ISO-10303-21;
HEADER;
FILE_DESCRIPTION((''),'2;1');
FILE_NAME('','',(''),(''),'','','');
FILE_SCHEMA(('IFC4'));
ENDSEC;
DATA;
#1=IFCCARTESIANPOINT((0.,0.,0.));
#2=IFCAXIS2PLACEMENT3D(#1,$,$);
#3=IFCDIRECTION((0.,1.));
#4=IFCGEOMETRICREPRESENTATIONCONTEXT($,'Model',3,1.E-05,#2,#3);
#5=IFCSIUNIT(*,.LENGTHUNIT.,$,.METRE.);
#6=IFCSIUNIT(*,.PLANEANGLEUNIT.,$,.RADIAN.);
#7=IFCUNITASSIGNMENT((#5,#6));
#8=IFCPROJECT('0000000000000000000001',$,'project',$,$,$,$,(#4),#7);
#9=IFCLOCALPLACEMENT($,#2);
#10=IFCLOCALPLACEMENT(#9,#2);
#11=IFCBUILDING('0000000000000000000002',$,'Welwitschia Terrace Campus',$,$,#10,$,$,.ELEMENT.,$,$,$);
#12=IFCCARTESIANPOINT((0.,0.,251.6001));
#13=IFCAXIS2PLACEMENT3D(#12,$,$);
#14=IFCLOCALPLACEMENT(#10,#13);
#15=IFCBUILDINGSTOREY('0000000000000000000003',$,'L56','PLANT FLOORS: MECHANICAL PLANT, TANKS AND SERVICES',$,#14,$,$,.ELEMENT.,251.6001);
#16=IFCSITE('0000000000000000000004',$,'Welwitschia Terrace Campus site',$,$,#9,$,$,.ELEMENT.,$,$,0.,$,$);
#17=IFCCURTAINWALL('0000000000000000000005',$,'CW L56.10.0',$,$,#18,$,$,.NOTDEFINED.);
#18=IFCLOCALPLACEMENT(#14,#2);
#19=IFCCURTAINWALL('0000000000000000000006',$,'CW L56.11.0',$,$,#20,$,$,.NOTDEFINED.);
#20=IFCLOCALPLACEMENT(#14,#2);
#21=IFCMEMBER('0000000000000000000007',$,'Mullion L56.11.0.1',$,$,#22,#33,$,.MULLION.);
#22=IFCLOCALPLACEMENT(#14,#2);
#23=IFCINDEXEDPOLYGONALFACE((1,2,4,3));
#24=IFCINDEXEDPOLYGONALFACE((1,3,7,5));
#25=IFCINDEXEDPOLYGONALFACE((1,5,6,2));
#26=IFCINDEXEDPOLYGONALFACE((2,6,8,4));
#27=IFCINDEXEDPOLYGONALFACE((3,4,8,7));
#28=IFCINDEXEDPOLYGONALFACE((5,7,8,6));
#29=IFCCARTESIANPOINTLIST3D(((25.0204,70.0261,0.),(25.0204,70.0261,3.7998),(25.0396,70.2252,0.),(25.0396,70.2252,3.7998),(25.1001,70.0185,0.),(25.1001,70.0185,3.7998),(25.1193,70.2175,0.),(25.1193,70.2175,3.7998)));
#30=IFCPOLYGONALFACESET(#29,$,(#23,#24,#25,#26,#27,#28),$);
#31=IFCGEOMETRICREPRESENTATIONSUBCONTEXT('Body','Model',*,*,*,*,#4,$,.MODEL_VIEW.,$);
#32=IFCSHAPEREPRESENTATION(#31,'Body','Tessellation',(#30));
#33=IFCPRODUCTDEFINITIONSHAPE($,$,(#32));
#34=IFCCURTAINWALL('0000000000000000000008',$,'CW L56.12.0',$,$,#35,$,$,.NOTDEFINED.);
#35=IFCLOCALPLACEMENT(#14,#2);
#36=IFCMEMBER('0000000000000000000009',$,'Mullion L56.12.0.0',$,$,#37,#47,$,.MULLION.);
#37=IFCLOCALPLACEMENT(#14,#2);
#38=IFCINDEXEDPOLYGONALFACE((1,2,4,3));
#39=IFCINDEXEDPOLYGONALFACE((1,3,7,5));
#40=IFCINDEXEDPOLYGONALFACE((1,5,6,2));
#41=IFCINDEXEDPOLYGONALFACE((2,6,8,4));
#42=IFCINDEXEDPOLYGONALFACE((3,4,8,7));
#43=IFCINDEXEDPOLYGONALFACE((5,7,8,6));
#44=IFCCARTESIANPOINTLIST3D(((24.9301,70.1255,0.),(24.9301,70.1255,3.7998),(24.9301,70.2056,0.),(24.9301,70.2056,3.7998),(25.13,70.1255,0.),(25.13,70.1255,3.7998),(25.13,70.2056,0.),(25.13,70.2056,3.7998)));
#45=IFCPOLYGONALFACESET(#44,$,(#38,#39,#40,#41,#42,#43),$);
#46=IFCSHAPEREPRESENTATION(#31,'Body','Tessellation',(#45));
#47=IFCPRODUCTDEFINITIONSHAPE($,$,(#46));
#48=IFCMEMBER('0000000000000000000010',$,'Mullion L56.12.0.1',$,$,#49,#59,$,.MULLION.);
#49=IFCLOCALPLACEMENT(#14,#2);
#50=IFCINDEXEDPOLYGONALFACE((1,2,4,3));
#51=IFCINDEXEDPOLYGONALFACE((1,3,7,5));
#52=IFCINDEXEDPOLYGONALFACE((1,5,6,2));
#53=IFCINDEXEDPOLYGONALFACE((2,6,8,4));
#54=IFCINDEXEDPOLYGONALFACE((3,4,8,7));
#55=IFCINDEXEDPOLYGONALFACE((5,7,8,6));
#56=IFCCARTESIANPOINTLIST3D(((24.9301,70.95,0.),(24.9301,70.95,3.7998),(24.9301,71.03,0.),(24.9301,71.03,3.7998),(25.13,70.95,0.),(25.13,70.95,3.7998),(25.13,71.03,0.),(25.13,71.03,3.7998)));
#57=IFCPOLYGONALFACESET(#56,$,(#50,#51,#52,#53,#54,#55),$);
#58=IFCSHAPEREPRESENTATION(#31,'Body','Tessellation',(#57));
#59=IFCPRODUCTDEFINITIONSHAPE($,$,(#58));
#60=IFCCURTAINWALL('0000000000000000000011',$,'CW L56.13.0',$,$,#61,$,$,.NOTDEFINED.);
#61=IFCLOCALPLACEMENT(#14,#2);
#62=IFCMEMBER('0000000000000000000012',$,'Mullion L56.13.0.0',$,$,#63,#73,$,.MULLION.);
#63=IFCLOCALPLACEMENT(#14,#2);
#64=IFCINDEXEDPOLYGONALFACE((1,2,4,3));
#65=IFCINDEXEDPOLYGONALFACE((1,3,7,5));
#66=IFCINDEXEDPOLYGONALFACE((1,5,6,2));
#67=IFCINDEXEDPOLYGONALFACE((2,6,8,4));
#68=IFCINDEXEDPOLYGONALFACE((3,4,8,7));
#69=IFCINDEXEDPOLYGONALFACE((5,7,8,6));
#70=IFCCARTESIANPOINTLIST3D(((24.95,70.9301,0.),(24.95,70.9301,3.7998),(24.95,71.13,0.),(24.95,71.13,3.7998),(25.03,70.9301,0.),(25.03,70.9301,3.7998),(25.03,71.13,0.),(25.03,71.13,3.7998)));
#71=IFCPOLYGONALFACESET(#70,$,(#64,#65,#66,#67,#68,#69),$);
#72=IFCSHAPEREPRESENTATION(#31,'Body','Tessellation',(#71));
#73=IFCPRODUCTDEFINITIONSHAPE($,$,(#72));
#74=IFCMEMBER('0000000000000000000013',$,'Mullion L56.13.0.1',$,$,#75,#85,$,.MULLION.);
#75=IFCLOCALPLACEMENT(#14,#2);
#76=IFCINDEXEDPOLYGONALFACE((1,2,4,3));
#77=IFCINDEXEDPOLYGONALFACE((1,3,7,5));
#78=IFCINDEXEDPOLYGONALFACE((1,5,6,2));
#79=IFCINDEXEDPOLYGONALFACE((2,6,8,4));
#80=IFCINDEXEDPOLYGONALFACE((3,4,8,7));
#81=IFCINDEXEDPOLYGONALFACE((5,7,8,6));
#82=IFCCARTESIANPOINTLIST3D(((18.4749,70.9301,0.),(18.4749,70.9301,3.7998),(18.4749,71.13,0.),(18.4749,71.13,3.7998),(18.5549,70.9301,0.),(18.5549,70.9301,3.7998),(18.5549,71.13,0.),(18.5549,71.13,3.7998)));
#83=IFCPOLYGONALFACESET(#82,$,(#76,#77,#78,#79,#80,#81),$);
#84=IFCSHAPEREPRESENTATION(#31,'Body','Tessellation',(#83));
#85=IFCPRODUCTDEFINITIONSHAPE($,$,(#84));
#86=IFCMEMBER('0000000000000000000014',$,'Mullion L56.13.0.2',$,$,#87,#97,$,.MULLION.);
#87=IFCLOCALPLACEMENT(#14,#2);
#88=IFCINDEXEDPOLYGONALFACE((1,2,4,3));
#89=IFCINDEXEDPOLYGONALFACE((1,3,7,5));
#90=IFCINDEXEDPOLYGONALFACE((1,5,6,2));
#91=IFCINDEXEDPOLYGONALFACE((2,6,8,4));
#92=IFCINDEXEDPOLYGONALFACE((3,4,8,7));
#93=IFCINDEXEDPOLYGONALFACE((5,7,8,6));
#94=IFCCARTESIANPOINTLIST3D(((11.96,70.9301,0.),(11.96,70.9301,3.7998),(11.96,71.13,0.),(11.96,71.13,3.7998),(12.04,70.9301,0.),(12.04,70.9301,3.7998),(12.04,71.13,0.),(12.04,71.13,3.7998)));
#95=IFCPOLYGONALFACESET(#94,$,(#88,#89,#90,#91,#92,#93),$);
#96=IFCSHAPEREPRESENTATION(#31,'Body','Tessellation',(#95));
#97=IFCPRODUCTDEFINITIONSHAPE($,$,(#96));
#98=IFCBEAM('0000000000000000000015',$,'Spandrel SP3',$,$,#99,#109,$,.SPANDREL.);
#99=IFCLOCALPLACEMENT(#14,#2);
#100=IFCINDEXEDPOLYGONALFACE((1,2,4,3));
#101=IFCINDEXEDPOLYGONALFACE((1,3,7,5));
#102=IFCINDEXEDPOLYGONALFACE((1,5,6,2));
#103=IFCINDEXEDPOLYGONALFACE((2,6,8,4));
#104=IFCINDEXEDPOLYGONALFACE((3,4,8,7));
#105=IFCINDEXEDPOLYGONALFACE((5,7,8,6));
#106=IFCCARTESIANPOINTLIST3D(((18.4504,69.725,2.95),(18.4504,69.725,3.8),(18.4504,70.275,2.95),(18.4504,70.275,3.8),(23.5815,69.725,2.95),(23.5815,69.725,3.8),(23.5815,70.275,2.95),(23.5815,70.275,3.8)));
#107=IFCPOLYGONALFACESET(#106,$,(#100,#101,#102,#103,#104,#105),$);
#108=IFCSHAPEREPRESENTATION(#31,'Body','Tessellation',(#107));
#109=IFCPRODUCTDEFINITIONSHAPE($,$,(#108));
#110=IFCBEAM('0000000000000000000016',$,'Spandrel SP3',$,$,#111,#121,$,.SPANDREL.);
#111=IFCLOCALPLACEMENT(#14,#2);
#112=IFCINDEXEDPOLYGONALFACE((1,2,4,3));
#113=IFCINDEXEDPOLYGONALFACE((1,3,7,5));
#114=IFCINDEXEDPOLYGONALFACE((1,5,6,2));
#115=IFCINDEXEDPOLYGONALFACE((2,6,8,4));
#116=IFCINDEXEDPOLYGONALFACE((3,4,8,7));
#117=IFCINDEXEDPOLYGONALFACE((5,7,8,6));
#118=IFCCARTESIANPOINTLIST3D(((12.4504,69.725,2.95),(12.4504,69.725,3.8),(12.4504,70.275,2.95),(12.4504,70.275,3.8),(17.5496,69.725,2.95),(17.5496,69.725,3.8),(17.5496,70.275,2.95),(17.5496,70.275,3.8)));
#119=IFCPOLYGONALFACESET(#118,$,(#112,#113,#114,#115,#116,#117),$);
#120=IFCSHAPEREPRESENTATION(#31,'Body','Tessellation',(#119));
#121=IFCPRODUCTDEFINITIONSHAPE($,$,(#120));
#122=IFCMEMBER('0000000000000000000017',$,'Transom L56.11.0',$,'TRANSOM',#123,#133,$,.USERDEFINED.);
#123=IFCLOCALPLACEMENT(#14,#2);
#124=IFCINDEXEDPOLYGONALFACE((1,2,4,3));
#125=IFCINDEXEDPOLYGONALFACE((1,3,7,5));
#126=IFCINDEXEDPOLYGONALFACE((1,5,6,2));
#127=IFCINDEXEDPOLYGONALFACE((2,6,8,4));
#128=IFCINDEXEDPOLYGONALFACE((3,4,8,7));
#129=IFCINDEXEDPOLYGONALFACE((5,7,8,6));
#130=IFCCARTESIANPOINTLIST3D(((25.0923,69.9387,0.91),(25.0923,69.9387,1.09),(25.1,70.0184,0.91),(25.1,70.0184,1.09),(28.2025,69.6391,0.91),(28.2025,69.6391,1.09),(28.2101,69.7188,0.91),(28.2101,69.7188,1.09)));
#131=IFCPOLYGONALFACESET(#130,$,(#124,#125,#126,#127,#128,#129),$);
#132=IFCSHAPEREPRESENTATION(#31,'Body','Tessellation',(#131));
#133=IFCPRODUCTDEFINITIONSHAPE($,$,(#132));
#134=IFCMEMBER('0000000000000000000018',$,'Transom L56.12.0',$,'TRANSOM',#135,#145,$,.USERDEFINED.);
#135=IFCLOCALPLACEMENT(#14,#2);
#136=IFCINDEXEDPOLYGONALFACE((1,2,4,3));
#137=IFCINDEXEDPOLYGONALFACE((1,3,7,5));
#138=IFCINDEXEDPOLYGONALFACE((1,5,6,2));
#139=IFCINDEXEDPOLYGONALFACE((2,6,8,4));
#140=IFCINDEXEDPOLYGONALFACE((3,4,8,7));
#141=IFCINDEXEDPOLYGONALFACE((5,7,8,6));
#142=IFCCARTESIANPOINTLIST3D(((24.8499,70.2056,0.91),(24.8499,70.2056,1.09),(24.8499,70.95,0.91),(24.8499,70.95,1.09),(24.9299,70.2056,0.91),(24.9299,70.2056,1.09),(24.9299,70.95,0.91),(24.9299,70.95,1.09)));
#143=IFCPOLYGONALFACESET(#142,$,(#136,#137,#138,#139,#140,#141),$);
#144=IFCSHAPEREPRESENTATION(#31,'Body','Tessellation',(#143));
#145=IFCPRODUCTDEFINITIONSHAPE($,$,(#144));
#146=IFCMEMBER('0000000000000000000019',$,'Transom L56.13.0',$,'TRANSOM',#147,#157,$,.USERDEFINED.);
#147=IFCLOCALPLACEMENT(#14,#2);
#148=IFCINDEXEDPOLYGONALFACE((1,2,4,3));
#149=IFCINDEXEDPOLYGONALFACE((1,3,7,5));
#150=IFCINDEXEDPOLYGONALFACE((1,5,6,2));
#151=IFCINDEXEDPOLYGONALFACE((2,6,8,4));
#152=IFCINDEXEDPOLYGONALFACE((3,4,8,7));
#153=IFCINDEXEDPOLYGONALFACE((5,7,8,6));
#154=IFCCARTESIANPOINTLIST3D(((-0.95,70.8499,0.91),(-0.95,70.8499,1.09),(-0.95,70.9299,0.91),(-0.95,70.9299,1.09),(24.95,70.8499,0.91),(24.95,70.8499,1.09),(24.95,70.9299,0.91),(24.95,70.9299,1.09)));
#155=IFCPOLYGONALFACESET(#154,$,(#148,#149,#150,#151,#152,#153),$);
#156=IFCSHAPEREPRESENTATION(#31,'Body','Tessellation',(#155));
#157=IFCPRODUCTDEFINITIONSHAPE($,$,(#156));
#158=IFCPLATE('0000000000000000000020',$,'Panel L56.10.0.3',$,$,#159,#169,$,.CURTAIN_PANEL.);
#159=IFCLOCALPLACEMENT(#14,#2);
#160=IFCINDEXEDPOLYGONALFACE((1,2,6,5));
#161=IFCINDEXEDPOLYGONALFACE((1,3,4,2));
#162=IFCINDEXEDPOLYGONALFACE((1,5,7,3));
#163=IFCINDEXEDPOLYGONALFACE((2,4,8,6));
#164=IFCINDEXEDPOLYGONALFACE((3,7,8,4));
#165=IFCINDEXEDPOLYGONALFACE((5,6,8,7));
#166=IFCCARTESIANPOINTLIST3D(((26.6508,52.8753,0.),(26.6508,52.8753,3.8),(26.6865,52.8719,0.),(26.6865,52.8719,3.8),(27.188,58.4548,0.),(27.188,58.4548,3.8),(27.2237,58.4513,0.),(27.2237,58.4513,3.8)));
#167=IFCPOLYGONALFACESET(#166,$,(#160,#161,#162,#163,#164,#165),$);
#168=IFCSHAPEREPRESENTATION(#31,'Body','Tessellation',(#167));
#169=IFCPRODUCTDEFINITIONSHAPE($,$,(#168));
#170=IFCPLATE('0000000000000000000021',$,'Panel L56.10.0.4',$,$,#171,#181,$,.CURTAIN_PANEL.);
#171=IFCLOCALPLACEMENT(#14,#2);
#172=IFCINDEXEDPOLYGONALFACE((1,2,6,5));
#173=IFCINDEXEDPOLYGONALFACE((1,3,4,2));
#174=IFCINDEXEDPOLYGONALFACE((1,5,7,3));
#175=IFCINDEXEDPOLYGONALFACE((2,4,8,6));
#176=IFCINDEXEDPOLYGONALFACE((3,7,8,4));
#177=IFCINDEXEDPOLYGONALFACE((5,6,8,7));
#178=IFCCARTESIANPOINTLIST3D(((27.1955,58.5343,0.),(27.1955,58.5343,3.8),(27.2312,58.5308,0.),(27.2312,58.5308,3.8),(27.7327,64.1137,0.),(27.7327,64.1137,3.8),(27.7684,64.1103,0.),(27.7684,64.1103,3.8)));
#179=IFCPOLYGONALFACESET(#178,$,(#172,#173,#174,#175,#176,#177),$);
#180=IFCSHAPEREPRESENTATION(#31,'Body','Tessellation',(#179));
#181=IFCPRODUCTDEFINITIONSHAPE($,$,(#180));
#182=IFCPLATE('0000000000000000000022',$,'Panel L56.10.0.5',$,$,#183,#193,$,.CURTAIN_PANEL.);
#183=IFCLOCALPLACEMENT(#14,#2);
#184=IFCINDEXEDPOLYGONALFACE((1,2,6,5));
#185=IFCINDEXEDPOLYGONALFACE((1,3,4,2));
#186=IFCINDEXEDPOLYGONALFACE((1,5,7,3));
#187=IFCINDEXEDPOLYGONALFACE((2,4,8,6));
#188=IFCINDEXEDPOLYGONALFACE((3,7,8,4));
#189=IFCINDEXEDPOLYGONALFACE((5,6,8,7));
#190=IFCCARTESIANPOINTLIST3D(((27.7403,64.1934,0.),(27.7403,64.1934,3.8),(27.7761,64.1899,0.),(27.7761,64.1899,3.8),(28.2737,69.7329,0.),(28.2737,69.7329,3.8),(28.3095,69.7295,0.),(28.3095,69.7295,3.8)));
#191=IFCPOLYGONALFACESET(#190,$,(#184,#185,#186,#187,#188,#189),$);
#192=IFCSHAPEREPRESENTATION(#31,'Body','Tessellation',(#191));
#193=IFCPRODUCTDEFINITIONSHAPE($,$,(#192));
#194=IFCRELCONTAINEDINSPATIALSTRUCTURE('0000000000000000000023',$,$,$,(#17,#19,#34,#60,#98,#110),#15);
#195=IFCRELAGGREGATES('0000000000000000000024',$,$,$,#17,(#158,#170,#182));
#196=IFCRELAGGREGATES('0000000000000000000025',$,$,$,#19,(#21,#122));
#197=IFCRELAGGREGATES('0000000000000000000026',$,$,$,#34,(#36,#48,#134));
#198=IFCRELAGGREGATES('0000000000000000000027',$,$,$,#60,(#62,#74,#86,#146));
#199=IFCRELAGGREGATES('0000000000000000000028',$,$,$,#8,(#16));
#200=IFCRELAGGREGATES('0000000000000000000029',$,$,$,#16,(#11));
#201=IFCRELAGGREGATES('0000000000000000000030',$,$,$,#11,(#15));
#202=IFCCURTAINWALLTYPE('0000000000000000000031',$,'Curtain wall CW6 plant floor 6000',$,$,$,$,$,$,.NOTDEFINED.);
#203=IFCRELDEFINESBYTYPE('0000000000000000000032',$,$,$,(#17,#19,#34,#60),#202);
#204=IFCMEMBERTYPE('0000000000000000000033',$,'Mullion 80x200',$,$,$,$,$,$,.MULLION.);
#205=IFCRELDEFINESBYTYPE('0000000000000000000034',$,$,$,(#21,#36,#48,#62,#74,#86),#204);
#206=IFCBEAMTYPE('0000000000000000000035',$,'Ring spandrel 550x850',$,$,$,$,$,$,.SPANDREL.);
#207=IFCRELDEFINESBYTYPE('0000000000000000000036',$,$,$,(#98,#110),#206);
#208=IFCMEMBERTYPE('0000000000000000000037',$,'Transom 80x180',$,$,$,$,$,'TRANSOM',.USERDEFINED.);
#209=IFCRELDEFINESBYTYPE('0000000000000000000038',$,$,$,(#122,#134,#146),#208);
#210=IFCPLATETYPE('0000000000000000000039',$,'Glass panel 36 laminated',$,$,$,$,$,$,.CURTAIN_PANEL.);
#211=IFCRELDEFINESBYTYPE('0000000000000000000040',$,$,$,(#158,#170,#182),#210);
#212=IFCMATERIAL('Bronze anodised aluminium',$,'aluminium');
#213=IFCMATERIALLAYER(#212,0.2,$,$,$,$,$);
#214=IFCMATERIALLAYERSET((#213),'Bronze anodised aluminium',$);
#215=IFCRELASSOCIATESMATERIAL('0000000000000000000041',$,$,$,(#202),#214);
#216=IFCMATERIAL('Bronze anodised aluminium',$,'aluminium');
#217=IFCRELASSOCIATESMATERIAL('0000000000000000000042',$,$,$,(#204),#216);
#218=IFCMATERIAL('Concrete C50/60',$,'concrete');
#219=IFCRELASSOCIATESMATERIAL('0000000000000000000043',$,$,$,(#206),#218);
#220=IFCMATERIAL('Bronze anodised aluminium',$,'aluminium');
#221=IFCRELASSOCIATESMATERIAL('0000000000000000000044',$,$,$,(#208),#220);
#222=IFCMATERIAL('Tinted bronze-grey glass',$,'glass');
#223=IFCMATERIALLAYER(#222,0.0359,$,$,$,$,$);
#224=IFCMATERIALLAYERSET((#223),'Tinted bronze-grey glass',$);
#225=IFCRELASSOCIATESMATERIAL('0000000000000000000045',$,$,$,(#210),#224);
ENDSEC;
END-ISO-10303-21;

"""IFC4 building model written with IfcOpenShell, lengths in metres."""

from ifc_helpers import new_model, si_unit, direction, frame, origin, origin_2d, place, context, subcontext, project, spatial, rectangle, extrude, material, layer, layer_set, material_profile, profile_set, type_object, element, aggregate, save


model = new_model("IFC4")

# Units and contexts
model_context = context("Model", 3, precision=1e-05, world=origin(), true_north=direction((0.0, 1.0)))
body_context = subcontext(model_context, "Body", "Model", "MODEL_VIEW")
ifc_project = project(units=[si_unit("LENGTHUNIT", "METRE"), si_unit("PLANEANGLEUNIT", "RADIAN")], contexts=[model_context])

# Site, building, storey
site_placement = place(None, origin())
site = spatial("IfcSite", under=ifc_project, at=site_placement, Name="Welwitschia Terrace Campus site", CompositionType="ELEMENT", RefElevation=0.0)
building_placement = place(site_placement, origin())
building = spatial("IfcBuilding", under=site, at=building_placement, Name="Welwitschia Terrace Campus", CompositionType="ELEMENT")
storey_placement = place(building_placement, frame((0.0, 0.0, 251.6001)))
storey = spatial("IfcBuildingStorey", under=building, at=storey_placement, Name="L56", Description="PLANT FLOORS: MECHANICAL PLANT, TANKS AND SERVICES", CompositionType="ELEMENT", Elevation=251.6001)

# Curtain walls, members
ifc_material_1 = material(Name="Bronze anodised aluminium", Category="aluminium")
ifc_layer_1 = layer(ifc_material_1, 0.2)
ifc_layer_set_1 = layer_set([ifc_layer_1], Name="Bronze anodised aluminium")
curtain_wall_type = type_object("IfcCurtainWallType", Name="Curtain wall CW6 plant floor 6000", PredefinedType="NOTDEFINED", material=ifc_layer_set_1)
curtain_wall_1_placement = place(storey_placement, origin())
curtain_wall_1 = element("IfcCurtainWall", 1, at=curtain_wall_1_placement, inside=storey, type_object=curtain_wall_type, Name="CW L56.10.0", PredefinedType="NOTDEFINED")
ifc_material_2 = material(Name="Bronze anodised aluminium", Category="aluminium")
ifc_material_profile_1 = material_profile(ifc_material_2, rectangle(XDim=0.2, YDim=0.0801, at=origin_2d()))
ifc_profile_set_1 = profile_set([ifc_material_profile_1], Name="Bronze anodised aluminium")
member_type_1 = type_object("IfcMemberType", Name="Mullion 80x200", PredefinedType="MULLION", material=ifc_profile_set_1)
curtain_wall_2_placement = place(storey_placement, origin())
curtain_wall_2 = element("IfcCurtainWall", 2, at=curtain_wall_2_placement, inside=storey, type_object=curtain_wall_type, Name="CW L56.11.0", PredefinedType="NOTDEFINED")
member_1_placement = place(storey_placement, frame((25.0698, 70.1218, 0.0), z_axis=(0.0, 0.0, 1.0), x_axis=(-0.095846, -0.995396, 0.0)))
member_1 = element("IfcMember", 3, at=member_1_placement, type_object=member_type_1, Name="Mullion L56.11.0.1", PredefinedType="MULLION", context=body_context, shape_type="SweptSolid", body=[
    extrude(rectangle(XDim=0.2, YDim=0.0801, at=origin_2d()), origin(), (0.0, 0.0, 1.0), 3.7998),
])
curtain_wall_3_placement = place(storey_placement, origin())
curtain_wall_3 = element("IfcCurtainWall", 4, at=curtain_wall_3_placement, inside=storey, type_object=curtain_wall_type, Name="CW L56.12.0", PredefinedType="NOTDEFINED")
member_2_placement = place(storey_placement, frame((25.03, 70.1655, 0.0), z_axis=(0.0, 0.0, 1.0), x_axis=(-1.0, 0.0, 0.0)))
member_2 = element("IfcMember", 5, at=member_2_placement, type_object=member_type_1, Name="Mullion L56.12.0.0", PredefinedType="MULLION", context=body_context, shape_type="SweptSolid", body=[
    extrude(rectangle(XDim=0.2, YDim=0.0801, at=origin_2d()), origin(), (0.0, 0.0, 1.0), 3.7998),
])
member_3_placement = place(storey_placement, frame((25.03, 70.99, 0.0), z_axis=(0.0, 0.0, 1.0), x_axis=(-1.0, 0.0, 0.0)))
member_3 = element("IfcMember", 6, at=member_3_placement, type_object=member_type_1, Name="Mullion L56.12.0.1", PredefinedType="MULLION", context=body_context, shape_type="SweptSolid", body=[
    extrude(rectangle(XDim=0.2, YDim=0.0801, at=origin_2d()), origin(), (0.0, 0.0, 1.0), 3.7998),
])
curtain_wall_4_placement = place(storey_placement, origin())
curtain_wall_4 = element("IfcCurtainWall", 7, at=curtain_wall_4_placement, inside=storey, type_object=curtain_wall_type, Name="CW L56.13.0", PredefinedType="NOTDEFINED")
member_4_placement = place(storey_placement, frame((24.99, 71.03, 0.0), z_axis=(0.0, 0.0, 1.0), x_axis=(0.0, -1.0, 0.0)))
member_4 = element("IfcMember", 8, at=member_4_placement, type_object=member_type_1, Name="Mullion L56.13.0.0", PredefinedType="MULLION", context=body_context, shape_type="SweptSolid", body=[
    extrude(rectangle(XDim=0.2, YDim=0.0801, at=origin_2d()), origin(), (0.0, 0.0, 1.0), 3.7998),
])
member_5_placement = place(storey_placement, frame((18.5149, 71.03, 0.0), z_axis=(0.0, 0.0, 1.0), x_axis=(0.0, -1.0, 0.0)))
member_5 = element("IfcMember", 9, at=member_5_placement, type_object=member_type_1, Name="Mullion L56.13.0.1", PredefinedType="MULLION", context=body_context, shape_type="SweptSolid", body=[
    extrude(rectangle(XDim=0.2, YDim=0.0801, at=origin_2d()), origin(), (0.0, 0.0, 1.0), 3.7998),
])
member_6_placement = place(storey_placement, frame((12.0, 71.03, 0.0), z_axis=(0.0, 0.0, 1.0), x_axis=(0.0, -1.0, 0.0)))
member_6 = element("IfcMember", 10, at=member_6_placement, type_object=member_type_1, Name="Mullion L56.13.0.2", PredefinedType="MULLION", context=body_context, shape_type="SweptSolid", body=[
    extrude(rectangle(XDim=0.2, YDim=0.0801, at=origin_2d()), origin(), (0.0, 0.0, 1.0), 3.7998),
])

# Beams
ifc_material_3 = material(Name="Concrete C50/60", Category="concrete")
ifc_material_profile_2 = material_profile(ifc_material_3, rectangle(XDim=0.55, YDim=0.8501, at=origin_2d()))
ifc_profile_set_2 = profile_set([ifc_material_profile_2], Name="Concrete C50/60")
beam_type = type_object("IfcBeamType", Name="Ring spandrel 550x850", PredefinedType="SPANDREL", material=ifc_profile_set_2)
beam_1_placement = place(storey_placement, frame((23.5815, 70.0, 3.375), z_axis=(-1.0, 0.0, 0.0), x_axis=(0.0, -1.0, 0.0)))
element("IfcBeam", 11, at=beam_1_placement, inside=storey, type_object=beam_type, Name="Spandrel SP3", PredefinedType="SPANDREL", context=body_context, shape_type="SweptSolid", body=[
    extrude(rectangle(XDim=0.55, YDim=0.8501, at=origin_2d()), origin(), (0.0, 0.0, 1.0), 5.1311),
])
beam_2_placement = place(storey_placement, frame((17.5496, 70.0, 3.375), z_axis=(-1.0, 0.0, 0.0), x_axis=(0.0, -1.0, 0.0)))
element("IfcBeam", 12, at=beam_2_placement, inside=storey, type_object=beam_type, Name="Spandrel SP3", PredefinedType="SPANDREL", context=body_context, shape_type="SweptSolid", body=[
    extrude(rectangle(XDim=0.55, YDim=0.8501, at=origin_2d()), origin(), (0.0, 0.0, 1.0), 5.0991),
])

# Members
ifc_material_4 = material(Name="Bronze anodised aluminium", Category="aluminium")
ifc_material_profile_3 = material_profile(ifc_material_4, rectangle(XDim=0.0801, YDim=0.1799, at=origin_2d()))
ifc_profile_set_3 = profile_set([ifc_material_profile_3], Name="Bronze anodised aluminium")
member_type_2 = type_object("IfcMemberType", Name="Transom 80x180", ElementType="TRANSOM", PredefinedType="USERDEFINED", material=ifc_profile_set_3)
member_7_placement = place(storey_placement, frame((28.2063, 69.679, 1.0), z_axis=(-0.995393, 0.095875, 0.0), x_axis=(-0.095875, -0.995393, 0.0)))
member_7 = element("IfcMember", 13, at=member_7_placement, type_object=member_type_2, Name="Transom L56.11.0", ObjectType="TRANSOM", PredefinedType="USERDEFINED", context=body_context, shape_type="SweptSolid", body=[
    extrude(rectangle(XDim=0.0801, YDim=0.1799, at=origin_2d()), origin(), (0.0, 0.0, 1.0), 3.1245),
])
member_8_placement = place(storey_placement, frame((24.8899, 70.2056, 1.0), z_axis=(0.0, 1.0, 0.0), x_axis=(-1.0, 0.0, 0.0)))
member_8 = element("IfcMember", 14, at=member_8_placement, type_object=member_type_2, Name="Transom L56.12.0", ObjectType="TRANSOM", PredefinedType="USERDEFINED", context=body_context, shape_type="SweptSolid", body=[
    extrude(rectangle(XDim=0.0801, YDim=0.1799, at=origin_2d()), origin(), (0.0, 0.0, 1.0), 0.7444),
])
member_9_placement = place(storey_placement, frame((24.95, 70.8899, 1.0), z_axis=(-1.0, 0.0, 0.0), x_axis=(0.0, -1.0, 0.0)))
member_9 = element("IfcMember", 15, at=member_9_placement, type_object=member_type_2, Name="Transom L56.13.0", ObjectType="TRANSOM", PredefinedType="USERDEFINED", context=body_context, shape_type="SweptSolid", body=[
    extrude(rectangle(XDim=0.0801, YDim=0.1799, at=origin_2d()), origin(), (0.0, 0.0, 1.0), 25.8999),
])

# Plates
ifc_material_5 = material(Name="Tinted bronze-grey glass", Category="glass")
ifc_layer_2 = layer(ifc_material_5, 0.0359)
ifc_layer_set_2 = layer_set([ifc_layer_2], Name="Tinted bronze-grey glass")
plate_type = type_object("IfcPlateType", Name="Glass panel 36 laminated", PredefinedType="CURTAIN_PANEL", material=ifc_layer_set_2)
plate_1_placement = place(storey_placement, frame((26.9373, 55.6633, 0.0), z_axis=(0.0, 0.0, 1.0), x_axis=(0.095846, 0.995396, 0.0)))
plate_1 = element("IfcPlate", 16, at=plate_1_placement, type_object=plate_type, Name="Panel L56.10.0.3", PredefinedType="CURTAIN_PANEL", context=body_context, shape_type="SweptSolid", body=[
    extrude(rectangle(XDim=5.6052, YDim=0.0359, at=origin_2d()), origin(), (0.0, 0.0, 1.0), 3.8),
])
plate_2_placement = place(storey_placement, frame((27.4819, 61.3223, 0.0), z_axis=(0.0, 0.0, 1.0), x_axis=(0.095846, 0.995396, 0.0)))
plate_2 = element("IfcPlate", 17, at=plate_2_placement, type_object=plate_type, Name="Panel L56.10.0.4", PredefinedType="CURTAIN_PANEL", context=body_context, shape_type="SweptSolid", body=[
    extrude(rectangle(XDim=5.6052, YDim=0.0359, at=origin_2d()), origin(), (0.0, 0.0, 1.0), 3.8),
])
plate_3_placement = place(storey_placement, frame((28.0249, 66.9614, 0.0), z_axis=(0.0, 0.0, 1.0), x_axis=(0.095846, 0.995396, 0.0)))
plate_3 = element("IfcPlate", 18, at=plate_3_placement, type_object=plate_type, Name="Panel L56.10.0.5", PredefinedType="CURTAIN_PANEL", context=body_context, shape_type="SweptSolid", body=[
    extrude(rectangle(XDim=5.5652, YDim=0.0359, at=origin_2d()), origin(), (0.0, 0.0, 1.0), 3.8),
])
aggregate(curtain_wall_1, [plate_1, plate_2, plate_3])
aggregate(curtain_wall_2, [member_1, member_7])
aggregate(curtain_wall_3, [member_2, member_3, member_8])
aggregate(curtain_wall_4, [member_4, member_5, member_6, member_9])

save(model, "model.ifc")
